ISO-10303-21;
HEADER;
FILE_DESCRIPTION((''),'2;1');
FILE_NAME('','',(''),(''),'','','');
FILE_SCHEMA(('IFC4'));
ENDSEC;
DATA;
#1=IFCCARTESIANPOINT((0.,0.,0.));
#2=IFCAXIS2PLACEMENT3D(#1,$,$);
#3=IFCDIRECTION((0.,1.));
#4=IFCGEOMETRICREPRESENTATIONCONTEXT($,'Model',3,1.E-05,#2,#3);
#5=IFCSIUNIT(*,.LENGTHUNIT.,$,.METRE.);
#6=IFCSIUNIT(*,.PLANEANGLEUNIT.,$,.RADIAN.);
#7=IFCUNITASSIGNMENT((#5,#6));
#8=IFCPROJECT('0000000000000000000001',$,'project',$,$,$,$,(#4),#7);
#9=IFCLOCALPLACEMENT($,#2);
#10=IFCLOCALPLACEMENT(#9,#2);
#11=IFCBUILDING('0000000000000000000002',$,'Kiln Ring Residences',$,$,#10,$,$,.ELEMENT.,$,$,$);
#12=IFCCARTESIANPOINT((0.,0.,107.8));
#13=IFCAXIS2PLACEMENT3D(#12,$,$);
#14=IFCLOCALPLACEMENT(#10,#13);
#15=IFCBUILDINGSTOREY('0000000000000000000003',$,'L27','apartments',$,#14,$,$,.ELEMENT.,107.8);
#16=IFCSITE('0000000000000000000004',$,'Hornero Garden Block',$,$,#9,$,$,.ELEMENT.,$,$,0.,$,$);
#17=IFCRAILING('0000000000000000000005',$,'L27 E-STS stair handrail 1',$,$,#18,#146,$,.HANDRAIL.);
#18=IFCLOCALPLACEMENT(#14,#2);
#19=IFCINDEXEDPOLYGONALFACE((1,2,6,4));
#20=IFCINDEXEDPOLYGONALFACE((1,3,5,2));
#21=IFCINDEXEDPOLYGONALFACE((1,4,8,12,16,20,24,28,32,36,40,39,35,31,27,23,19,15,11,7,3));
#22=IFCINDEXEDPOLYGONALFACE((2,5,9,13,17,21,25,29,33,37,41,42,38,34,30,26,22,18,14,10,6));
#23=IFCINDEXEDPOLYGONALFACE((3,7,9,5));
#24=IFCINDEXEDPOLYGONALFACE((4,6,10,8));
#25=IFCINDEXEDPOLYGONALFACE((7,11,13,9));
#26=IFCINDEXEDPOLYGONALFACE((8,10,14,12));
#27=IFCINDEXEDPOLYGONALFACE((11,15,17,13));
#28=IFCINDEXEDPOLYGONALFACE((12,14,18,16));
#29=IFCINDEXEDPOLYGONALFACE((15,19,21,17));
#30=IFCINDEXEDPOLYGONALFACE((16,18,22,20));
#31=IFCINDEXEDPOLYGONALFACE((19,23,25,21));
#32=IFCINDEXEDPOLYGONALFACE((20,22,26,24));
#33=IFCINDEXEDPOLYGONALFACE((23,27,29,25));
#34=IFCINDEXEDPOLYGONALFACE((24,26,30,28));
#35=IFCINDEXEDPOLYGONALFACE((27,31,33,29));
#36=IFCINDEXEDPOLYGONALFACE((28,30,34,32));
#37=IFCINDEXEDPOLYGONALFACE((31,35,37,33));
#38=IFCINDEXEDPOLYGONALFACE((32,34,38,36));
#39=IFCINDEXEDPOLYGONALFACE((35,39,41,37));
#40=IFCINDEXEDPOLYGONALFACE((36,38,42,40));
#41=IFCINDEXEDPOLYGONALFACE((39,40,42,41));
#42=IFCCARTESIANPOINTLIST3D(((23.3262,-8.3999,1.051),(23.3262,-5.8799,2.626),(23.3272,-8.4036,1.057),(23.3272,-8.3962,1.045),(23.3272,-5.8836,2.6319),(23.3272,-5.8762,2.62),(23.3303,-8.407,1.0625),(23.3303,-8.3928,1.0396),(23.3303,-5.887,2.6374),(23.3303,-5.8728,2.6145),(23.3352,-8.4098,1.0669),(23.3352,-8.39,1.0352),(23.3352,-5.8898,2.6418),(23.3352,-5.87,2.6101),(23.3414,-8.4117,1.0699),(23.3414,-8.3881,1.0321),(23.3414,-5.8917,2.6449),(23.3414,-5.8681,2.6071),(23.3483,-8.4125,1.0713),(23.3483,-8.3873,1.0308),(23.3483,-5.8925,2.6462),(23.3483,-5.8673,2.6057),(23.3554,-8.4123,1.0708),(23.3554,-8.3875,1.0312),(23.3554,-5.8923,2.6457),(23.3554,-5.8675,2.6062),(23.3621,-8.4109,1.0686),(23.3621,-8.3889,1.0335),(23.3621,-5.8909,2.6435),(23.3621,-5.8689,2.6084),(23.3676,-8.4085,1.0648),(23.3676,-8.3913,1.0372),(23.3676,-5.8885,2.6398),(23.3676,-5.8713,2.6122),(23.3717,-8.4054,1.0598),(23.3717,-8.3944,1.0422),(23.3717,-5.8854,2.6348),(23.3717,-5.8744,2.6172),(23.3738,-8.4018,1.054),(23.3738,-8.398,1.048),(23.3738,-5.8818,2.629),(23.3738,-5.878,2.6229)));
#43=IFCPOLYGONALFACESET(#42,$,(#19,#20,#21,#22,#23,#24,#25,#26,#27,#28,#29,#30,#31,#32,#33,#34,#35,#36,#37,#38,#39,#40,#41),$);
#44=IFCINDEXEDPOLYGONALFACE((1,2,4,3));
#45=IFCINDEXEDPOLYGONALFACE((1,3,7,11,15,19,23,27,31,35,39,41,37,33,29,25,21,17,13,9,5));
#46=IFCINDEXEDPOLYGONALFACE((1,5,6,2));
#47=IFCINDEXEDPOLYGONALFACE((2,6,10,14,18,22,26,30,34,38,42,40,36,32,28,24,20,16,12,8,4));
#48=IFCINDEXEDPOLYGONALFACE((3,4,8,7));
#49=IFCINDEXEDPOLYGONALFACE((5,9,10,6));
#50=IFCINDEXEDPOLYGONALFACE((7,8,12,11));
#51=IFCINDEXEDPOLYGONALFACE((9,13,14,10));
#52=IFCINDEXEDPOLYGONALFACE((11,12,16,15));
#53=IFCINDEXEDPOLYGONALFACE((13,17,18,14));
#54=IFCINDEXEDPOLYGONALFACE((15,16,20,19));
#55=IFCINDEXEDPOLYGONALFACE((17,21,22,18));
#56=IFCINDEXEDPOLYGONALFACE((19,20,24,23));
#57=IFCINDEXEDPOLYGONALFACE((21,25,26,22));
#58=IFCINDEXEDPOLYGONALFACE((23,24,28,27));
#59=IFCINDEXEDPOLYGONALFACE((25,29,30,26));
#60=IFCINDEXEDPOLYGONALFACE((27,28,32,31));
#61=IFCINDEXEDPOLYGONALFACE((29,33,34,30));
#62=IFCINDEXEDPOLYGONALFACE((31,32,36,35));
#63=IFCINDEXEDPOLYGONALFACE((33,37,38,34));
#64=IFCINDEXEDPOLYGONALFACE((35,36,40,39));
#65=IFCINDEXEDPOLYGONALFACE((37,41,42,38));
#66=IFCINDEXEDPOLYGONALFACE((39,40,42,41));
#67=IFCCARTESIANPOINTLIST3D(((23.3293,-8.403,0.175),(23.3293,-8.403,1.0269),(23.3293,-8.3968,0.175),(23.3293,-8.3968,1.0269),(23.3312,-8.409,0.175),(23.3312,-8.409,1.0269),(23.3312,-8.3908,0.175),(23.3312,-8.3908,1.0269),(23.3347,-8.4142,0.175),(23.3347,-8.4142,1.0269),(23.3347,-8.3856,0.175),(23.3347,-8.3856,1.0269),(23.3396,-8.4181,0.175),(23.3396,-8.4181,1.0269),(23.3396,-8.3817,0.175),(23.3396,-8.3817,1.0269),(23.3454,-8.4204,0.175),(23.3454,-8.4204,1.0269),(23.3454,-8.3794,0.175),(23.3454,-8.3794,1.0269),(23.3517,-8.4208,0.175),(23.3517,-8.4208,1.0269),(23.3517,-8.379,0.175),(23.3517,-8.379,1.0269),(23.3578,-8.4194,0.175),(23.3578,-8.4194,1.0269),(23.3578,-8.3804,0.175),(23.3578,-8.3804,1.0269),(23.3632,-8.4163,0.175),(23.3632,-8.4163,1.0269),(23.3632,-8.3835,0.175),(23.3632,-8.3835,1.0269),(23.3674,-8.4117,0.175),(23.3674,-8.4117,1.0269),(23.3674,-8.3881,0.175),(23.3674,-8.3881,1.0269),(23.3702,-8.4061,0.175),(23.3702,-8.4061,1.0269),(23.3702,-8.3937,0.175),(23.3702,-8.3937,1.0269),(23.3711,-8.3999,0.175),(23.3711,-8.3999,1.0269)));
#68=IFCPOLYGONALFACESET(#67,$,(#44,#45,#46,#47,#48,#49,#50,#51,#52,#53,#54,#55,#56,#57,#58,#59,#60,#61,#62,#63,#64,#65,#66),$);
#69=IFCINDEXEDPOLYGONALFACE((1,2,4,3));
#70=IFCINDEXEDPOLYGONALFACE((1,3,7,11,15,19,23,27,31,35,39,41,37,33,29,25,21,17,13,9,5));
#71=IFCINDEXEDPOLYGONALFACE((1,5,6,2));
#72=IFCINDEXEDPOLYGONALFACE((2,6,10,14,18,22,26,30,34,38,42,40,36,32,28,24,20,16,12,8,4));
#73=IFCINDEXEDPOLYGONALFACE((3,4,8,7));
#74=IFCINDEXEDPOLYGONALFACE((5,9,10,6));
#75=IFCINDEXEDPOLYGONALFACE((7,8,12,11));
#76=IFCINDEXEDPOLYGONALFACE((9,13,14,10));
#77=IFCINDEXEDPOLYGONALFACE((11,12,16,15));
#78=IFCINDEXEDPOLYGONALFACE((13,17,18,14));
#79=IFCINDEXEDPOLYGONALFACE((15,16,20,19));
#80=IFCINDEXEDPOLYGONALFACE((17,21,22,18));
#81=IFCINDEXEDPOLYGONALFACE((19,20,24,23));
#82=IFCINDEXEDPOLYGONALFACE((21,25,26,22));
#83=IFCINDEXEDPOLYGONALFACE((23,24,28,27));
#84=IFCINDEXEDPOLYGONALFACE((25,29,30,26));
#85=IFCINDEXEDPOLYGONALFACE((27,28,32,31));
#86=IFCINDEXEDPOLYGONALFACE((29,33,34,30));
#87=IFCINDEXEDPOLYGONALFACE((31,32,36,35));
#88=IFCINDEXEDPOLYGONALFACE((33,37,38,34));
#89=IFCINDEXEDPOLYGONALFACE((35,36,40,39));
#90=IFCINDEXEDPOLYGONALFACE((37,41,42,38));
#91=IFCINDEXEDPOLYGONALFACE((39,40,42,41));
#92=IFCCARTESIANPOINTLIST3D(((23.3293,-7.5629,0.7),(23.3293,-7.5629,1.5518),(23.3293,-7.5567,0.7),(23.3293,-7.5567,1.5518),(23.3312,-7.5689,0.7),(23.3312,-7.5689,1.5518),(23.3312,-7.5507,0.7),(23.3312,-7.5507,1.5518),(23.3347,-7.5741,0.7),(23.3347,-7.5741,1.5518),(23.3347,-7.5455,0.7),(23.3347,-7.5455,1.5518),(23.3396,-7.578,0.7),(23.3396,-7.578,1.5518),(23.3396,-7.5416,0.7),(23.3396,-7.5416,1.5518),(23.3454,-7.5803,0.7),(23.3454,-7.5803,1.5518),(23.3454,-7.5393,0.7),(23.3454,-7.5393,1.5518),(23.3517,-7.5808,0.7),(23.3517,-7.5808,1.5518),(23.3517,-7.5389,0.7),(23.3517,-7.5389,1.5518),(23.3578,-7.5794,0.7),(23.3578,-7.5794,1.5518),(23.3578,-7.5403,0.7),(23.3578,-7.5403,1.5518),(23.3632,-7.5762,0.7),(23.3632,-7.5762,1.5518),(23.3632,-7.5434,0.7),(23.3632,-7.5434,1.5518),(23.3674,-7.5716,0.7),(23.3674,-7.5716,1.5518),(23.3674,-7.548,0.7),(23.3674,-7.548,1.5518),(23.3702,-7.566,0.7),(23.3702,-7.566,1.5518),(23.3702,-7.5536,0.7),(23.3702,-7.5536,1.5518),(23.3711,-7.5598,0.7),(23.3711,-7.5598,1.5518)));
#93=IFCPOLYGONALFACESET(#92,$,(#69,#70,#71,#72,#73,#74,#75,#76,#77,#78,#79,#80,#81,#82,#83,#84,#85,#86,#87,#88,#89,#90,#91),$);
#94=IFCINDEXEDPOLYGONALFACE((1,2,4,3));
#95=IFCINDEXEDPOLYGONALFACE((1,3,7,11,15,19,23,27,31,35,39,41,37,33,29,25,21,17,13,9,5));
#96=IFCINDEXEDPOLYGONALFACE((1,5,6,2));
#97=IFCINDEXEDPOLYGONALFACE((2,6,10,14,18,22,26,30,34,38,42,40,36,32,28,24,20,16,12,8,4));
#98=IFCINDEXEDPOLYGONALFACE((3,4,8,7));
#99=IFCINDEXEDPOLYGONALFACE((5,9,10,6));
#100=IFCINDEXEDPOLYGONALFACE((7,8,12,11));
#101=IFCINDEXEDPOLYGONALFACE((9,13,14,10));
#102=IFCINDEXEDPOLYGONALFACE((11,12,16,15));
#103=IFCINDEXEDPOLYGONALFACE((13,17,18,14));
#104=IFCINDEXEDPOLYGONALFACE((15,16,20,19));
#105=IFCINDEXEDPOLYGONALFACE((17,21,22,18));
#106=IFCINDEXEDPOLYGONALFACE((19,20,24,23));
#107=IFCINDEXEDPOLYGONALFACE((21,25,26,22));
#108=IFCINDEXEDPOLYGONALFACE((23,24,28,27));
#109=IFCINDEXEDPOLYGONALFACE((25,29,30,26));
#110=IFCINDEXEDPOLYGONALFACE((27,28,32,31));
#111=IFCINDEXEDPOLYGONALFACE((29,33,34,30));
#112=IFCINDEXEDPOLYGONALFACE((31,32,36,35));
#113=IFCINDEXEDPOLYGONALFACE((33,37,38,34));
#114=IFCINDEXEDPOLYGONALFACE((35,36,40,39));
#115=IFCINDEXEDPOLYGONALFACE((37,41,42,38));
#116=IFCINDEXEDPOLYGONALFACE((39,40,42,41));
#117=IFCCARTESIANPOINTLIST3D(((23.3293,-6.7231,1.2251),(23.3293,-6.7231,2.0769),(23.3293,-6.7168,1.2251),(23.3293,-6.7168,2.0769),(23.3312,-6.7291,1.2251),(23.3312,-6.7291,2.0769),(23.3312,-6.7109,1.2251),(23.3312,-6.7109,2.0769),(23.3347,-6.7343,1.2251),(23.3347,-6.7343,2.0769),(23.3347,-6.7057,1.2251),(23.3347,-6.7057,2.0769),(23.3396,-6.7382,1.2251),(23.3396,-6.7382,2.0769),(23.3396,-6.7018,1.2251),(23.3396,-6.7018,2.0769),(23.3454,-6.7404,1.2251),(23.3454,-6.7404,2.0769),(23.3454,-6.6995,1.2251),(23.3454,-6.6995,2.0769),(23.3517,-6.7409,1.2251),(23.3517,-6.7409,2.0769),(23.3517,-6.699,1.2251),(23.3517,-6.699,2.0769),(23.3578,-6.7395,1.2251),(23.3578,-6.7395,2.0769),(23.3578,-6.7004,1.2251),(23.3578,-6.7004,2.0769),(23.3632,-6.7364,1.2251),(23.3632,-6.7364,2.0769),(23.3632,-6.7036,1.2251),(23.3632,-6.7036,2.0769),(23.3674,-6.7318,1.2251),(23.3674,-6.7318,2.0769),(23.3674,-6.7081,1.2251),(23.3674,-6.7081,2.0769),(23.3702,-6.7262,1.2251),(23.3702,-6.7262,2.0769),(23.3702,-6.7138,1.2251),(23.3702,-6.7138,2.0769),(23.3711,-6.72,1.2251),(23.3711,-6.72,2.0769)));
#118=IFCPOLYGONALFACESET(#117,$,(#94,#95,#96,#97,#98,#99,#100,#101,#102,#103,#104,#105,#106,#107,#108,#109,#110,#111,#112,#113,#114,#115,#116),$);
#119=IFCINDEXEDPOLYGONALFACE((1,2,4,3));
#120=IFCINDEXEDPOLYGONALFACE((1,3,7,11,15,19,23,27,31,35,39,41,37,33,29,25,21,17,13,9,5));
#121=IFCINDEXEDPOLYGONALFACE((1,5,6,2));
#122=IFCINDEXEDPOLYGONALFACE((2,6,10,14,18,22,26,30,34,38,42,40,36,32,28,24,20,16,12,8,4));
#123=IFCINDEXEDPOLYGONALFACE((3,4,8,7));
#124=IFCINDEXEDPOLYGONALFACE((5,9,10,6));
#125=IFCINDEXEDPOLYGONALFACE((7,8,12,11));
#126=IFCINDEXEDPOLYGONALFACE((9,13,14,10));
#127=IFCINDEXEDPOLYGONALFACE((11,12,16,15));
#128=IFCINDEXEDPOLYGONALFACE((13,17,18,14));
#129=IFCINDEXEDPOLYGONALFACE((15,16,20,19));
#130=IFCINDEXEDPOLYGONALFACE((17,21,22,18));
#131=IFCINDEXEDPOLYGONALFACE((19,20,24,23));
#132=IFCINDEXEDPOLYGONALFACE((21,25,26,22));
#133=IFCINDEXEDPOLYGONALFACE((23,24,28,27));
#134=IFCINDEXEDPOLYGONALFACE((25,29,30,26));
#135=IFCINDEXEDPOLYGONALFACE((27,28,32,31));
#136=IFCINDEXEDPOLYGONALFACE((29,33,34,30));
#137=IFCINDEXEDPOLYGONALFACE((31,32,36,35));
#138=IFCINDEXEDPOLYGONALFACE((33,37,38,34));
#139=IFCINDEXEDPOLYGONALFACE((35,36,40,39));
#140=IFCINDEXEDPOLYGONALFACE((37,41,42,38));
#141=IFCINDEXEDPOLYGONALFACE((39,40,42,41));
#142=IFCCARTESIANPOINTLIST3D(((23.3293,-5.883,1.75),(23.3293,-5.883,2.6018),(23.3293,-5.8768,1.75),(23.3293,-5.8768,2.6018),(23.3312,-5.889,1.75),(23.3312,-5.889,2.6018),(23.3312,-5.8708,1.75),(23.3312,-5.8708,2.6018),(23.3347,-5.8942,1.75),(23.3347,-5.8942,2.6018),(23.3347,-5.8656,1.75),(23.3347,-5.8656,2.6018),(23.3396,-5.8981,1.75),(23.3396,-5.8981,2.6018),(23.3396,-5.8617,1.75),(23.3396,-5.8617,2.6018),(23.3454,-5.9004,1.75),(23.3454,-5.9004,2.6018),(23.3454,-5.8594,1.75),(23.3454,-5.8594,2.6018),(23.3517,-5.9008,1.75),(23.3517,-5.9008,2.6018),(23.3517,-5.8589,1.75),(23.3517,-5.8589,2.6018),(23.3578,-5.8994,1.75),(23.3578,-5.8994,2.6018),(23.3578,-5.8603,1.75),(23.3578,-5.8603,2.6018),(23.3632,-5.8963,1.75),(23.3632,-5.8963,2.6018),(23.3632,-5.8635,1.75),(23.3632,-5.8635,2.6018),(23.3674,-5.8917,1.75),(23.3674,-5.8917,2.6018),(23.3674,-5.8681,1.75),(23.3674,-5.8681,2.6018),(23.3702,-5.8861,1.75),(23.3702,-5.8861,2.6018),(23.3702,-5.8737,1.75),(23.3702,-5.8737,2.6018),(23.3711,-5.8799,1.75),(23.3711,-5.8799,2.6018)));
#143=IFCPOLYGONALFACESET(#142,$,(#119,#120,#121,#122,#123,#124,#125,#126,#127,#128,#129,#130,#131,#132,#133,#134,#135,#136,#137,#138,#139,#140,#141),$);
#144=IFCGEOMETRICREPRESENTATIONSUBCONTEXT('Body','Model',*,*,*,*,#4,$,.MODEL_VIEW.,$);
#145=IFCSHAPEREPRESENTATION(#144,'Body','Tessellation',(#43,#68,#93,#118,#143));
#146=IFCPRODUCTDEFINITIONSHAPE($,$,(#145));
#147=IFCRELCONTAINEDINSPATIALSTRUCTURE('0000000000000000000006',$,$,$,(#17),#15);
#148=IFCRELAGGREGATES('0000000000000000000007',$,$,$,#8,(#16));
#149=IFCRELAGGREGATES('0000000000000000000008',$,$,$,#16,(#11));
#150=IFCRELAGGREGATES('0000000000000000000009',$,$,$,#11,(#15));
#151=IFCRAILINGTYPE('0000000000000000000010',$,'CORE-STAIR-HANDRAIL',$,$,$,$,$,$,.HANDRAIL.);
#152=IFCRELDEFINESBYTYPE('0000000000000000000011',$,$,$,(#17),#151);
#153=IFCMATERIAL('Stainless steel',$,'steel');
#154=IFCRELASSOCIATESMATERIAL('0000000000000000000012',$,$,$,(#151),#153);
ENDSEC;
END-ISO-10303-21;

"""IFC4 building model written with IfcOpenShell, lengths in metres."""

from ifc_helpers import new_model, si_unit, direction, frame, origin, origin_2d, place, context, subcontext, project, spatial, circle, extrude, material, type_object, element, save


model = new_model("IFC4")

# Units and contexts
model_context = context("Model", 3, precision=1e-05, world=origin(), true_north=direction((0.0, 1.0)))
body_context = subcontext(model_context, "Body", "Model", "MODEL_VIEW")
ifc_project = project(units=[si_unit("LENGTHUNIT", "METRE"), si_unit("PLANEANGLEUNIT", "RADIAN")], contexts=[model_context])

# Site, building, storey
site_placement = place(None, origin())
site = spatial("IfcSite", under=ifc_project, at=site_placement, Name="Hornero Garden Block", CompositionType="ELEMENT", RefElevation=0.0)
building_placement = place(site_placement, origin())
building = spatial("IfcBuilding", under=site, at=building_placement, Name="Kiln Ring Residences", CompositionType="ELEMENT")
storey_placement = place(building_placement, frame((0.0, 0.0, 107.8)))
storey = spatial("IfcBuildingStorey", under=building, at=storey_placement, Name="L27", Description="apartments", CompositionType="ELEMENT", Elevation=107.8)

# Railing
ifc_material_1 = material(Name="Stainless steel", Category="steel")
railing_type_1 = type_object("IfcRailingType", Name="CORE-STAIR-HANDRAIL", PredefinedType="HANDRAIL", material=ifc_material_1)
railing_1_placement = place(storey_placement, frame((23.3501, -8.3999, 0.175)))
element("IfcRailing", 1, at=railing_1_placement, inside=storey, type_object=railing_type_1, Name="L27 E-STS stair handrail 1", PredefinedType="HANDRAIL", context=body_context, shape_type="SweptSolid", body=[
    extrude(circle(Radius=0.0239, at=origin_2d()), frame((0.0, 0.0, 0.876), z_axis=(0.0, 0.848008, 0.529984), x_axis=(-1.0, 0.0, 0.0)), (0.0, 0.0, 1.0), 2.9717),
    extrude(circle(Radius=0.021, at=origin_2d()), origin(), (0.0, 0.0, 1.0), 0.8518),
    extrude(circle(Radius=0.021, at=origin_2d()), frame((0.0, 0.8401, 0.5249)), (0.0, 0.0, 1.0), 0.8518),
    extrude(circle(Radius=0.021, at=origin_2d()), frame((0.0, 1.6799, 1.05)), (0.0, 0.0, 1.0), 0.8518),
    extrude(circle(Radius=0.021, at=origin_2d()), frame((0.0, 2.52, 1.575)), (0.0, 0.0, 1.0), 0.8518),
])

save(model, "model.ifc")
